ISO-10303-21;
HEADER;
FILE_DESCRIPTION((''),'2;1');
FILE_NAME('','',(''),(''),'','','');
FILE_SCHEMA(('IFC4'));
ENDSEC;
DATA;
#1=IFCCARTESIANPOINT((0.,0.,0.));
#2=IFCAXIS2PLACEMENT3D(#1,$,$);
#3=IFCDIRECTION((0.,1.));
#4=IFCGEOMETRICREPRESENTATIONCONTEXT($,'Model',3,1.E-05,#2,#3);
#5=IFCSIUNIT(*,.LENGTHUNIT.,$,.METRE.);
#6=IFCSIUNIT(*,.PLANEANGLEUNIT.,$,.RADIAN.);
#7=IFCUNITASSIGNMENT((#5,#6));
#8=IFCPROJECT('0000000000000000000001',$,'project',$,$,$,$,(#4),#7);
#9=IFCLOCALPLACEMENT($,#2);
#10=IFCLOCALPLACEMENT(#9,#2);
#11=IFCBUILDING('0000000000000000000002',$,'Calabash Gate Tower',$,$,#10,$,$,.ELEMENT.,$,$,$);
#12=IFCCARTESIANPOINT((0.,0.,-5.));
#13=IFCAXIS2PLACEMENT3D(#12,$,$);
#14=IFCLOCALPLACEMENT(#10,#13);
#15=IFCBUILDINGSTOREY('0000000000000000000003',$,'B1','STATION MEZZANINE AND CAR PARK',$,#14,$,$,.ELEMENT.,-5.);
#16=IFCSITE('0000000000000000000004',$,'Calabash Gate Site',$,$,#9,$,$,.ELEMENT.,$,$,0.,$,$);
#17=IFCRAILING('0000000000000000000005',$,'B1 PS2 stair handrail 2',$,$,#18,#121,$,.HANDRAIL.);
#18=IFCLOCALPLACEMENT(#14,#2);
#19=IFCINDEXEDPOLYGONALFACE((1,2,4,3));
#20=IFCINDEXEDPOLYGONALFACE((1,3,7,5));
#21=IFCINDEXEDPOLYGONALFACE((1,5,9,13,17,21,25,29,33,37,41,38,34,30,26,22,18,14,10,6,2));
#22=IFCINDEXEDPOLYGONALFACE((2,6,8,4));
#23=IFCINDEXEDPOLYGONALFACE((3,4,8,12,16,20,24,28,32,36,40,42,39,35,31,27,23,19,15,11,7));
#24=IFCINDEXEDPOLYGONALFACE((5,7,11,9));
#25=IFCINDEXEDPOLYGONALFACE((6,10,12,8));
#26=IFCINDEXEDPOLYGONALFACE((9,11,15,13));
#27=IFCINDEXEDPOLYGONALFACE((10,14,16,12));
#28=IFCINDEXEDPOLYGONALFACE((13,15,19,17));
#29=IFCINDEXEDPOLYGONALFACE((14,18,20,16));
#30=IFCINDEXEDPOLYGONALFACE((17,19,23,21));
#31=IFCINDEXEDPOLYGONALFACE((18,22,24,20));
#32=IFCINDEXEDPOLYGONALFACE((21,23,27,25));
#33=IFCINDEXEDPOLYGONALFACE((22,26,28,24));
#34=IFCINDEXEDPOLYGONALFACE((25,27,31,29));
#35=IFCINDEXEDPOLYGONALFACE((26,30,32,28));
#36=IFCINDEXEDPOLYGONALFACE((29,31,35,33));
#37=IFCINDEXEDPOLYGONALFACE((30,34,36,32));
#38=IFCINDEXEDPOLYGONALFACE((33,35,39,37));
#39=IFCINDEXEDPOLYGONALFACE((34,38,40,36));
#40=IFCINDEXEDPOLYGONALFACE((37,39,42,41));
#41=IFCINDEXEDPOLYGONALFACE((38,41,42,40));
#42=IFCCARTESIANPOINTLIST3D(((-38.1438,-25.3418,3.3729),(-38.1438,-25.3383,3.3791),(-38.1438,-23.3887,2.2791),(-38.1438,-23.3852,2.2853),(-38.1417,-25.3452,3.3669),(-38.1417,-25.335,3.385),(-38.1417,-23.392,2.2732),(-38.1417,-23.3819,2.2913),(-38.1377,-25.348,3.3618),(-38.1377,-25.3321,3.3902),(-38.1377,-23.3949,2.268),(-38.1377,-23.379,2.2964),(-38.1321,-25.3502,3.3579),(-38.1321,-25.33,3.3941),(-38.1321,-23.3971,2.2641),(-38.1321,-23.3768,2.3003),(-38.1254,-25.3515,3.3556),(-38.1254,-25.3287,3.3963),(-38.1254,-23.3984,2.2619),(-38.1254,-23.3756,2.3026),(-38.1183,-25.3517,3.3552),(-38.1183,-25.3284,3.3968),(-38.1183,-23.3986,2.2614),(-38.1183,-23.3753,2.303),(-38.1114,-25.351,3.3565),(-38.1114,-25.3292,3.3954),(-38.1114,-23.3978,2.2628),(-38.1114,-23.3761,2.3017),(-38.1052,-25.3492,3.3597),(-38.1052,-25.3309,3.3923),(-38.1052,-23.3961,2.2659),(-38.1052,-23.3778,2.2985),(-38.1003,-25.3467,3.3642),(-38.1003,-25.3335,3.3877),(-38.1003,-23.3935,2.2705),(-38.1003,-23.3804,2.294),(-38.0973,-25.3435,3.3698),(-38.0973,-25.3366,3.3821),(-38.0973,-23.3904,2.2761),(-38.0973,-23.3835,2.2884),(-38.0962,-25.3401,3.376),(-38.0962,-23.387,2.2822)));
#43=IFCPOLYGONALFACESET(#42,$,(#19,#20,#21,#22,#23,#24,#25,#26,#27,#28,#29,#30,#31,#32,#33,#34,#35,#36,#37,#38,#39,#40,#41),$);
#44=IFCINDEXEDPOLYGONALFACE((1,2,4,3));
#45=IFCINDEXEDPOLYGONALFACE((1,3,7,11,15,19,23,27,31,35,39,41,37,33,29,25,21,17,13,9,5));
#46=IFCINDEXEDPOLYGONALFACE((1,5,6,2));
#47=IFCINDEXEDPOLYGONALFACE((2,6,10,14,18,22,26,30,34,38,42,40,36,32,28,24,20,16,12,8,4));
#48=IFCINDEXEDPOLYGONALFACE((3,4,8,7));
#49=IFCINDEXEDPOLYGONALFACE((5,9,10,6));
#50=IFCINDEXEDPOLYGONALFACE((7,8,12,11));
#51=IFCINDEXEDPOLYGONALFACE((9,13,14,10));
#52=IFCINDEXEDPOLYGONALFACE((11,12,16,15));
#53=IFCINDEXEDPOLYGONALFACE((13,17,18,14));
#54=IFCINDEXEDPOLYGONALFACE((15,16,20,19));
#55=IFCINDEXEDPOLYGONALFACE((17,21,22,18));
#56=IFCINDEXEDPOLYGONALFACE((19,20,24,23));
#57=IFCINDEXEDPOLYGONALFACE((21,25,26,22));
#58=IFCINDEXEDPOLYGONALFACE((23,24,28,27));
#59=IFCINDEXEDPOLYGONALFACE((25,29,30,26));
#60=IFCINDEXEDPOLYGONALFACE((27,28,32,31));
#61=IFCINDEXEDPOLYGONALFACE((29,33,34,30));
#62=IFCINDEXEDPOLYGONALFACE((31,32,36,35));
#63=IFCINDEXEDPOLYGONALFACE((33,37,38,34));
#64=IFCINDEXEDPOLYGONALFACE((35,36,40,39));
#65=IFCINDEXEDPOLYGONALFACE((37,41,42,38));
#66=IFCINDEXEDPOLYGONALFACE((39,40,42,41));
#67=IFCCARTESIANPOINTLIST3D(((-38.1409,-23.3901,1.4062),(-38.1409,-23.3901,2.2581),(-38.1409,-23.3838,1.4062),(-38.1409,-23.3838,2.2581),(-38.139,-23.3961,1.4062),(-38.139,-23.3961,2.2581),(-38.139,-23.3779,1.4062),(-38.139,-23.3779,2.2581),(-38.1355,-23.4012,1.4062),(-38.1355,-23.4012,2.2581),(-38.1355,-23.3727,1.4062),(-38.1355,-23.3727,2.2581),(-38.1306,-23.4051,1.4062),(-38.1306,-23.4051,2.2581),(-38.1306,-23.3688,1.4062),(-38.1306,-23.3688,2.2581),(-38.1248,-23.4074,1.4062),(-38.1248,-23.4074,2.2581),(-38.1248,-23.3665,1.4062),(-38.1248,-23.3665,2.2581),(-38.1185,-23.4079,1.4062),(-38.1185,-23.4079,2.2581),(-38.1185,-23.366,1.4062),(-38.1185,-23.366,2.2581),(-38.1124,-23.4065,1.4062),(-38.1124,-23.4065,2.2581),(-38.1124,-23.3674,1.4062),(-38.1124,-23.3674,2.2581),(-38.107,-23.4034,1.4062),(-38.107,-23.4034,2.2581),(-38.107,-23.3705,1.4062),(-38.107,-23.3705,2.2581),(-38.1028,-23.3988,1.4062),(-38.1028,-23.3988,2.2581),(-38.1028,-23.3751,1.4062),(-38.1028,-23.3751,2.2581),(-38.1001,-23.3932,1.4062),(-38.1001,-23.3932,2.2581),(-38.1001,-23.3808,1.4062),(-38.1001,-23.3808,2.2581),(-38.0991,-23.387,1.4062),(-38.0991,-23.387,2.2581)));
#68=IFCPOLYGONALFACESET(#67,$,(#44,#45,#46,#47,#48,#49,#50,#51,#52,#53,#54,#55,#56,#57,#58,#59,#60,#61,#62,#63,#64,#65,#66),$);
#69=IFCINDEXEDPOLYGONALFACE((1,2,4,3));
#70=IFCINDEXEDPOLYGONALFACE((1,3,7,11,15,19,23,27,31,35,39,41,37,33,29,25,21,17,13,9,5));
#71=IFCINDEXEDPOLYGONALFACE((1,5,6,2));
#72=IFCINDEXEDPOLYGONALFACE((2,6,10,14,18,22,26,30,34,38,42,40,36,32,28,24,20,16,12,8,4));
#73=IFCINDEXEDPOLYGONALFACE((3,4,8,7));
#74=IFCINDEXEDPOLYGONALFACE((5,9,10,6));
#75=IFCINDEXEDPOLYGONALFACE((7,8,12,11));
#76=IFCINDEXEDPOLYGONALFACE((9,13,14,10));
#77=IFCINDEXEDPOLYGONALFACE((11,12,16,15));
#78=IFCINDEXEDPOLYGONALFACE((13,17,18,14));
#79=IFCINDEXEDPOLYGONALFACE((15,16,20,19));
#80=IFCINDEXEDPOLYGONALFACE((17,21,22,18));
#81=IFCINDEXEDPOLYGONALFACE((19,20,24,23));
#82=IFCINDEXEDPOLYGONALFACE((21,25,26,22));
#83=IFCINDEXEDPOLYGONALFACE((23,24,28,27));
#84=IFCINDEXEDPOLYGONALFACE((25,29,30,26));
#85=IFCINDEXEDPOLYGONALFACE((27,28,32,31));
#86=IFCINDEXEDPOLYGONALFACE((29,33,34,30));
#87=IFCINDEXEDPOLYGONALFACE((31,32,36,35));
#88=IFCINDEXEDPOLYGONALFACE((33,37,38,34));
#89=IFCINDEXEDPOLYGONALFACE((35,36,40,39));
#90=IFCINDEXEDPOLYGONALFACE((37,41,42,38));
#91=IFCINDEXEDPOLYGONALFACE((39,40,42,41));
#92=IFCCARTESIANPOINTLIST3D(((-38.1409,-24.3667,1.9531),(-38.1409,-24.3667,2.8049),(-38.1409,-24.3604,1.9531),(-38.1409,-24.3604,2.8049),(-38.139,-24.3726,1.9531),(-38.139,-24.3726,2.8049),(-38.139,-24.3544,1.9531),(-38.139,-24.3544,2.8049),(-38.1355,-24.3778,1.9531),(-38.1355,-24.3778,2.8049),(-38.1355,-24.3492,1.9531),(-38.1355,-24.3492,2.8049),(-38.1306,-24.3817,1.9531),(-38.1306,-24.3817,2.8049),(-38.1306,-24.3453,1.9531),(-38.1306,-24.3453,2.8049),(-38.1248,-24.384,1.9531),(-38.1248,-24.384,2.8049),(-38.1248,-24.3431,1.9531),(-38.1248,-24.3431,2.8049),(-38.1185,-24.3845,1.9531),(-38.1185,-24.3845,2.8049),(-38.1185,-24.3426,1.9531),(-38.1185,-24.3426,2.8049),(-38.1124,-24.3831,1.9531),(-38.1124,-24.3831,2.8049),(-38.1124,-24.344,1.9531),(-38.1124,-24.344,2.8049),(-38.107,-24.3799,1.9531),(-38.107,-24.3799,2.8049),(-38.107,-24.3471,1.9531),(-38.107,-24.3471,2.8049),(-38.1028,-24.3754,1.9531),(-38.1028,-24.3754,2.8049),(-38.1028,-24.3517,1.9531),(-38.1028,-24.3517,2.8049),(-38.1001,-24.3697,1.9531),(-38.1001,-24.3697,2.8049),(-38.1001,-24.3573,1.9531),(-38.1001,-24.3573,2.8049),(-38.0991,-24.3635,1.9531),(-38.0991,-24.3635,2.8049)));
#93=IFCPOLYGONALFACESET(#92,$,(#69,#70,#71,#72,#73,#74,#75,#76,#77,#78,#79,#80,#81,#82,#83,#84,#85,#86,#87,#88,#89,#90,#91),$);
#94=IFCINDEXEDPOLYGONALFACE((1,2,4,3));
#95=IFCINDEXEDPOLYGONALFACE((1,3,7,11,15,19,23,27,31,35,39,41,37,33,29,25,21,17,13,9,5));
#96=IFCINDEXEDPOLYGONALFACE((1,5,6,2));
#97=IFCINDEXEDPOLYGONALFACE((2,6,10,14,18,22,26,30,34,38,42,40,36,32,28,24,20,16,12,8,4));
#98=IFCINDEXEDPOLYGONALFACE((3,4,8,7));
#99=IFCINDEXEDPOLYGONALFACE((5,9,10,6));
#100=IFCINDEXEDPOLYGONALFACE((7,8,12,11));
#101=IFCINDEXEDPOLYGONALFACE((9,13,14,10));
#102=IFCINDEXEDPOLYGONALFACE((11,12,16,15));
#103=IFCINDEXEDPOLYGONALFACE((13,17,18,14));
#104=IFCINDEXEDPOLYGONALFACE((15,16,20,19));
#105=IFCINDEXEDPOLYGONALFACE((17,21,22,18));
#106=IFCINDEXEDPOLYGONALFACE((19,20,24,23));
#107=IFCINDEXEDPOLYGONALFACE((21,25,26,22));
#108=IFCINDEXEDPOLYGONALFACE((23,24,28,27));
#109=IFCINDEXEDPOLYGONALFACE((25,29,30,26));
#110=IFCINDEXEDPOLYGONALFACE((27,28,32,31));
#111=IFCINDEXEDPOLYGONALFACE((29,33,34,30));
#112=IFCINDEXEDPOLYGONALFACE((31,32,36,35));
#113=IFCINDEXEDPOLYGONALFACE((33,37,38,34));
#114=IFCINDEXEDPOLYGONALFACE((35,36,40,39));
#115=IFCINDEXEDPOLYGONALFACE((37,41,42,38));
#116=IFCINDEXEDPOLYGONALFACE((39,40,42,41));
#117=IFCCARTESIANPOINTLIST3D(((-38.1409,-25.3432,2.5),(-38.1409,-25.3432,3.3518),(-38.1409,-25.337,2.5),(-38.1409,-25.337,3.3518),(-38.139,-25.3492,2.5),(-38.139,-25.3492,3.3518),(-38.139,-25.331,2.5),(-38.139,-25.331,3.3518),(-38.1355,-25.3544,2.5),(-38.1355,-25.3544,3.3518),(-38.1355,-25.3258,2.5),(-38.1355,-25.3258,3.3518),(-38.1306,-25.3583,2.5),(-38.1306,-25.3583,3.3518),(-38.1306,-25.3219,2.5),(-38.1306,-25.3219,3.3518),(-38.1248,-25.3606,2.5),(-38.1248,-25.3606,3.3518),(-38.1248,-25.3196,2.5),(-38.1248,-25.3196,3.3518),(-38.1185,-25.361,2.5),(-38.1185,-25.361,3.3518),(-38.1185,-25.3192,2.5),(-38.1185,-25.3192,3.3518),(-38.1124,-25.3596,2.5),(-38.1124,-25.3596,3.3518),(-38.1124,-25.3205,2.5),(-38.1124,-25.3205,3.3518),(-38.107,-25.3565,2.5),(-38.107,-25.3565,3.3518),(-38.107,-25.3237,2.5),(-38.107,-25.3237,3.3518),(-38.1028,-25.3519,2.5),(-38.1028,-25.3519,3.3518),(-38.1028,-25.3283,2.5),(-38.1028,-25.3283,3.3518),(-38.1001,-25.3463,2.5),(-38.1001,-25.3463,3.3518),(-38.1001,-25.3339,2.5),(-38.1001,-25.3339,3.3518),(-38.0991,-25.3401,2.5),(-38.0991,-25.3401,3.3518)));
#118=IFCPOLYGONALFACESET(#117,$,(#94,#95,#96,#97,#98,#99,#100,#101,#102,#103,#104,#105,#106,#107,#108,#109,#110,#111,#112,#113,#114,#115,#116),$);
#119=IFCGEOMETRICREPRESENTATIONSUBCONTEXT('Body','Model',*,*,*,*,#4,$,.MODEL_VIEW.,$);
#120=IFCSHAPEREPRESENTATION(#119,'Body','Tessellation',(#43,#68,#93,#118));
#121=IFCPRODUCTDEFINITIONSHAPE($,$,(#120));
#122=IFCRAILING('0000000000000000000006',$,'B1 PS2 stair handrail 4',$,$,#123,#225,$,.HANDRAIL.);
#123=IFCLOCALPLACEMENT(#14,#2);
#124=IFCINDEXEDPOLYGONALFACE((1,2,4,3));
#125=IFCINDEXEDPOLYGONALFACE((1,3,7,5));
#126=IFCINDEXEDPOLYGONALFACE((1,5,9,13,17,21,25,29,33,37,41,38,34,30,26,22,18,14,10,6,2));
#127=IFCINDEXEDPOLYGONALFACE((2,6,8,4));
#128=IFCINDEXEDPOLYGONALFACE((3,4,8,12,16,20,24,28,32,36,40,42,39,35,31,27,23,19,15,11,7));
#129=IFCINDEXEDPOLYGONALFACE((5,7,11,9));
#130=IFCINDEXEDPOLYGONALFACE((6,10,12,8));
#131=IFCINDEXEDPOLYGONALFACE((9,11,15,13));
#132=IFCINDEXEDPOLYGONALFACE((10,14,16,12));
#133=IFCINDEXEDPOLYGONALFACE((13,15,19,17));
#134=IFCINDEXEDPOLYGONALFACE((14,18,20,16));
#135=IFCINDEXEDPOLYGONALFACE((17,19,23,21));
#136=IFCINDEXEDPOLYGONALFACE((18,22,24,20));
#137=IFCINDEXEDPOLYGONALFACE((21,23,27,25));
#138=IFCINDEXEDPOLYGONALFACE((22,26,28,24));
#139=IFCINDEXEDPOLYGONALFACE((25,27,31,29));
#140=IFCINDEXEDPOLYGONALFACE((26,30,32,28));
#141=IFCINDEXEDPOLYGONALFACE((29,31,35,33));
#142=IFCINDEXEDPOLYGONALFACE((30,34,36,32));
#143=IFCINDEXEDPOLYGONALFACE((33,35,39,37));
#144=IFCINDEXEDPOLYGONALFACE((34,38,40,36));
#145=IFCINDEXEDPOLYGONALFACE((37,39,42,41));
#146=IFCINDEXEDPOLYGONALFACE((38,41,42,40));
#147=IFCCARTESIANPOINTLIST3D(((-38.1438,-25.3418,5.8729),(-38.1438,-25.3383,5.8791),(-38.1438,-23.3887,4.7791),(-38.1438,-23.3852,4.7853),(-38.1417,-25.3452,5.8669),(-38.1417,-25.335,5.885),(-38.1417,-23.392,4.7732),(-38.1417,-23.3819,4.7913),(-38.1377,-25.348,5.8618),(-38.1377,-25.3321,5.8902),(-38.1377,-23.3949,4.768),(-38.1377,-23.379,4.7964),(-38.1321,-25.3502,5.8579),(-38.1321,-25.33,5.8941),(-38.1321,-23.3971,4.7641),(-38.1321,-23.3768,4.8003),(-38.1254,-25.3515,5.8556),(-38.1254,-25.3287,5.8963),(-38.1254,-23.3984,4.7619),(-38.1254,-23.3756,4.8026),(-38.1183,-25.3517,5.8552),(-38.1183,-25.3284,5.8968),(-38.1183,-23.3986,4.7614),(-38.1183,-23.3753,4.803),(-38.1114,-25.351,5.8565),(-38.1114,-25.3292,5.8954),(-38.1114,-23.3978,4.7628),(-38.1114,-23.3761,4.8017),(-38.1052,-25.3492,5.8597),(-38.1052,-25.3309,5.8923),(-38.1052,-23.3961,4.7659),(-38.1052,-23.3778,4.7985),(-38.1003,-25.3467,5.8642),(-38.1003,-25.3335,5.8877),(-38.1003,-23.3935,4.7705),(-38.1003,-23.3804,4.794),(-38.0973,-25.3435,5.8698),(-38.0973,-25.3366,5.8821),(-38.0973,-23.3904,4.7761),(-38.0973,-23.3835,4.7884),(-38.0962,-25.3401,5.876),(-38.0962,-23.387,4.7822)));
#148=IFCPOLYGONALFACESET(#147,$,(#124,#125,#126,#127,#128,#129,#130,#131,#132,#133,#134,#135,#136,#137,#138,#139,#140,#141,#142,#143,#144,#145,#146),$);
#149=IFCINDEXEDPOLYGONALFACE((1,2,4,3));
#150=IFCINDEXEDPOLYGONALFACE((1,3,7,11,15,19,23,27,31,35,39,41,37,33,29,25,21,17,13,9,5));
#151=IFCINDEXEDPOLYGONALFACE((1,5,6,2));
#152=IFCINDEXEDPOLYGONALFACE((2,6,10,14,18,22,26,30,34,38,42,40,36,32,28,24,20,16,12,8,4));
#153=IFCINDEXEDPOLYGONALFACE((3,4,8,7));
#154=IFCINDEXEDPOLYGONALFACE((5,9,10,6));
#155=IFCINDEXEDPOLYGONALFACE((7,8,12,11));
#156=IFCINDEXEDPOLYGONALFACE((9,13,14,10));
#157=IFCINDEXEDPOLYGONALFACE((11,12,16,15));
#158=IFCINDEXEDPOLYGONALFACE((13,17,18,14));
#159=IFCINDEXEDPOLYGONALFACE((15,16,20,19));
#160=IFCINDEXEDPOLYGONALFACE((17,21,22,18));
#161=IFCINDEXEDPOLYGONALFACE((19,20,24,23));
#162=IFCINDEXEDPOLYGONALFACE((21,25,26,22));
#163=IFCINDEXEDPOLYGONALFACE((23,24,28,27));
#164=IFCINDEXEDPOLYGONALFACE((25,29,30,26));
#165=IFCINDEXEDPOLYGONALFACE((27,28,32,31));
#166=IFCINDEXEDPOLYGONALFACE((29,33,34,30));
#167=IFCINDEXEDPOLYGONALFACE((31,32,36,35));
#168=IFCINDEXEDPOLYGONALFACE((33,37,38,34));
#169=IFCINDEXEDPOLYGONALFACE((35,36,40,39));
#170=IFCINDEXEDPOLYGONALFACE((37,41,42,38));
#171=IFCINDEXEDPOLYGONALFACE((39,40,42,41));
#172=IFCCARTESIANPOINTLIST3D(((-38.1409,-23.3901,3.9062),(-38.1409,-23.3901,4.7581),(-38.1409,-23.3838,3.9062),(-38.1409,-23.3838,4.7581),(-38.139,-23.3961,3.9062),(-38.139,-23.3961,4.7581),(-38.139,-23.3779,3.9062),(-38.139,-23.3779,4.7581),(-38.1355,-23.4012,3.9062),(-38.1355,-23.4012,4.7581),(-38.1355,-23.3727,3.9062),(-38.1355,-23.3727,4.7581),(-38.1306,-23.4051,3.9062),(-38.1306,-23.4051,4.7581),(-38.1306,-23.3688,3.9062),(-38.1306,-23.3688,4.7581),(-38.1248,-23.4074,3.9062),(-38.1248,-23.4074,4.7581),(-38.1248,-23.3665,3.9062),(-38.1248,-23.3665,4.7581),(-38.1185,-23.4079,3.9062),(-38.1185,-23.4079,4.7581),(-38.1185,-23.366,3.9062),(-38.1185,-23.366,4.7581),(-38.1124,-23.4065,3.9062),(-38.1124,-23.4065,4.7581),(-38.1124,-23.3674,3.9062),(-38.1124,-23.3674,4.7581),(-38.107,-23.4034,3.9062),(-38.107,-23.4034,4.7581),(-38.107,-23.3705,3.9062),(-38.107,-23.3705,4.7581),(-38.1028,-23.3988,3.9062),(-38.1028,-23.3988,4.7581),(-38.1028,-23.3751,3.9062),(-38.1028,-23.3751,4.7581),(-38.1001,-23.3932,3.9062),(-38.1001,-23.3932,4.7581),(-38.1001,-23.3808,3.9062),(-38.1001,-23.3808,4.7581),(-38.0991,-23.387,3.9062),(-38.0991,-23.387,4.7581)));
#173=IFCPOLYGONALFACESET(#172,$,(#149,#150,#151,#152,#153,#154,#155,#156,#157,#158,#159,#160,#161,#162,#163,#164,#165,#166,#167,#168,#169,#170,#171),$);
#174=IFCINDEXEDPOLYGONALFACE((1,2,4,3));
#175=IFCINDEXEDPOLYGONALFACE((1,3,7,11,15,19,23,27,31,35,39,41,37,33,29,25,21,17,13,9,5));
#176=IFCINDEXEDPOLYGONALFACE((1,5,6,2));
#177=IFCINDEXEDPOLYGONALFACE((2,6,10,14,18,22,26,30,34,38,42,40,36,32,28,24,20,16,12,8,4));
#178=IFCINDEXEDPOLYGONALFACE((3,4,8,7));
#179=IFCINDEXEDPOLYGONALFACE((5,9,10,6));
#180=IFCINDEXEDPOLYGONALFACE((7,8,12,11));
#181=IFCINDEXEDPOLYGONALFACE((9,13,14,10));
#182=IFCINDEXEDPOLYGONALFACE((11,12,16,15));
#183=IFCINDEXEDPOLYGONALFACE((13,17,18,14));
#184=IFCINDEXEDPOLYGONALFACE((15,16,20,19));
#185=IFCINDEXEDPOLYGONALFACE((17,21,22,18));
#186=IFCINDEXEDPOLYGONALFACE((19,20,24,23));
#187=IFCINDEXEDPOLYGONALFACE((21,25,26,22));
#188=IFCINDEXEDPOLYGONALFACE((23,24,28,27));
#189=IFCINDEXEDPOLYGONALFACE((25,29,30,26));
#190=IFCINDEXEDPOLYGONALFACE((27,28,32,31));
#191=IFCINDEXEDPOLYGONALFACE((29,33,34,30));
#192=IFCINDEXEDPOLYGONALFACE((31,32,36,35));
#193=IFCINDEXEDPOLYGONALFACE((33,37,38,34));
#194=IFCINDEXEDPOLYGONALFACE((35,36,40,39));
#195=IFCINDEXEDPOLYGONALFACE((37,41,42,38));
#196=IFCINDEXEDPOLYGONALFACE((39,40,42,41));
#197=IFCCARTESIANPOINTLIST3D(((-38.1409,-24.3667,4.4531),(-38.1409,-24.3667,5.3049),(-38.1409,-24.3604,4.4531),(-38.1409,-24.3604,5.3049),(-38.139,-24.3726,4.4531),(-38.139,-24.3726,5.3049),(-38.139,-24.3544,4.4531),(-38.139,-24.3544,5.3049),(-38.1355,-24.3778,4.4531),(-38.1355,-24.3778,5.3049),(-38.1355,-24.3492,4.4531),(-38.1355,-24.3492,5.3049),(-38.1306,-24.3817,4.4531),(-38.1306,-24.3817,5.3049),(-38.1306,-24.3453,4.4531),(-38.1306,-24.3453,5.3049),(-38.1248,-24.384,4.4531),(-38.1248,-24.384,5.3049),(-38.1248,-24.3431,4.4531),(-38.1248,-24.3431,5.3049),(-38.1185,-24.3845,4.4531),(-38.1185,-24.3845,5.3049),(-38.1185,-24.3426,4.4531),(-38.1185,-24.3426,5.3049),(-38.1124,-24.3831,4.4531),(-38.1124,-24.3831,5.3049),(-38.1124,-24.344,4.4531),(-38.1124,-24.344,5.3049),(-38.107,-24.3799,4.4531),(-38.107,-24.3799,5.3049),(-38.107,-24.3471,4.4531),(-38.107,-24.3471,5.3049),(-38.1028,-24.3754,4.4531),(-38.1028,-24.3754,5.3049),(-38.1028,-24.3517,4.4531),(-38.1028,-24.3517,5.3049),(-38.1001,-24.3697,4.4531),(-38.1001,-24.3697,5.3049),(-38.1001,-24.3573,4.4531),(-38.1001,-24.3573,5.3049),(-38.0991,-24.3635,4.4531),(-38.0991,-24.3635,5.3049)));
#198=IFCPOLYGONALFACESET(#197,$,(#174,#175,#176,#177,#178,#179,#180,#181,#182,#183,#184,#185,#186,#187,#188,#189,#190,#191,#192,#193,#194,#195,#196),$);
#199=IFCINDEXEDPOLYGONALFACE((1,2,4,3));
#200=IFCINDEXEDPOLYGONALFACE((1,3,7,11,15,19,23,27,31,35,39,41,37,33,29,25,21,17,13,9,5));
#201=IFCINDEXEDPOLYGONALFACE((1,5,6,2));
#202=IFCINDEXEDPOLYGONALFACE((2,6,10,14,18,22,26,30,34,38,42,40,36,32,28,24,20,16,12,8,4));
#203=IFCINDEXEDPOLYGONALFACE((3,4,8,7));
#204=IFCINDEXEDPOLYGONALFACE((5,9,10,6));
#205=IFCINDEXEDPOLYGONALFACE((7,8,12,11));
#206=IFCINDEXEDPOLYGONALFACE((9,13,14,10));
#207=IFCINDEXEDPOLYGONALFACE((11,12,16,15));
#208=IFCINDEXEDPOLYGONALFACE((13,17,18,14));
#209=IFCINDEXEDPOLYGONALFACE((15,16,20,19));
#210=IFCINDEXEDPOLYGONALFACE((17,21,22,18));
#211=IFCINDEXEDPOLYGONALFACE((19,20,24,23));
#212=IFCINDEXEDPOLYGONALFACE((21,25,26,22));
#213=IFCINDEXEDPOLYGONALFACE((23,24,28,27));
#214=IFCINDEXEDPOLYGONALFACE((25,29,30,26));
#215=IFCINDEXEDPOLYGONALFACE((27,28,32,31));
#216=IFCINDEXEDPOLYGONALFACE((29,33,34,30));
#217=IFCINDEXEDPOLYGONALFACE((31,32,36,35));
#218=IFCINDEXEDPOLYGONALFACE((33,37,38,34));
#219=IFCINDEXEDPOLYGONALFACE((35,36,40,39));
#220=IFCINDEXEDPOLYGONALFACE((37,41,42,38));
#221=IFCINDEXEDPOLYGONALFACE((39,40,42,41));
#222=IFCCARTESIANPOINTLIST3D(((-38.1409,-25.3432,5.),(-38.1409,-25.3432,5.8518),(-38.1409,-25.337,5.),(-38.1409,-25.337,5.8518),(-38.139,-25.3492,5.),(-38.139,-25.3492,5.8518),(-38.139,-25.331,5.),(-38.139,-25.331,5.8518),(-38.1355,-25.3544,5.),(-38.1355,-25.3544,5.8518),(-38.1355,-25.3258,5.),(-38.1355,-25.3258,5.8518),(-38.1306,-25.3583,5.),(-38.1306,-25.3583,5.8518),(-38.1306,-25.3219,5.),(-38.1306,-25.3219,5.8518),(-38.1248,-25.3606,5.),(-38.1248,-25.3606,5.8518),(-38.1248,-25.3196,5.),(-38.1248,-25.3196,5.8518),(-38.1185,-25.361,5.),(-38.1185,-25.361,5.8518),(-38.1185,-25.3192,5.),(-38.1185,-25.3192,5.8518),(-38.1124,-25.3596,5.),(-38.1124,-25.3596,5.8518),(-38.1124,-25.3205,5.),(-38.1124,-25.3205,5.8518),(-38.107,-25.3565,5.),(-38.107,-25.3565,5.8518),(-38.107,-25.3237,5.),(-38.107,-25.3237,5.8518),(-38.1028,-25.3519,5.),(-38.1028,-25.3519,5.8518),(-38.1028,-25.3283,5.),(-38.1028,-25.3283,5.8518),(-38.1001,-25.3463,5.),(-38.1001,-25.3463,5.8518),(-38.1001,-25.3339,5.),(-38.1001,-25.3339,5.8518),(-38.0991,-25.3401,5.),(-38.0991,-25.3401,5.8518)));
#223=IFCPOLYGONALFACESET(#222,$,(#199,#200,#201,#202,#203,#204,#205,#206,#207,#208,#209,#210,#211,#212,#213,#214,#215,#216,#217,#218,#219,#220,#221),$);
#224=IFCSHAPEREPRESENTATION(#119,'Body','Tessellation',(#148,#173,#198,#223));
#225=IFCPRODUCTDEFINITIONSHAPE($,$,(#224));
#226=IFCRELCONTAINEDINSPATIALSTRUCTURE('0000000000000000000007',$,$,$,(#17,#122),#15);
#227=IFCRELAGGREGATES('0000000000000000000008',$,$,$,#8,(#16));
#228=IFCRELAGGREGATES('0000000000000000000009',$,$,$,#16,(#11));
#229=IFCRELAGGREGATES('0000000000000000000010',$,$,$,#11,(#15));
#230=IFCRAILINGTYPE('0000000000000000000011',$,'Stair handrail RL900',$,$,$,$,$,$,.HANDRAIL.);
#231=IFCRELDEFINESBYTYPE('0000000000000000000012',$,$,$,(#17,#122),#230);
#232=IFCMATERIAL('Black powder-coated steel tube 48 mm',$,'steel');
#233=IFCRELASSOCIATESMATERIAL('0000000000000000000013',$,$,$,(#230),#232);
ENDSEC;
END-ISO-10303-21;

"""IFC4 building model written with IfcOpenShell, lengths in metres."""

from ifc_helpers import new_model, si_unit, direction, frame, origin, origin_2d, place, context, subcontext, project, spatial, circle, extrude, material, type_object, element, save


model = new_model("IFC4")

# Units and contexts
model_context = context("Model", 3, precision=1e-05, world=origin(), true_north=direction((0.0, 1.0)))
body_context = subcontext(model_context, "Body", "Model", "MODEL_VIEW")
ifc_project = project(units=[si_unit("LENGTHUNIT", "METRE"), si_unit("PLANEANGLEUNIT", "RADIAN")], contexts=[model_context])

# Site, building, storey
site_placement = place(None, origin())
site = spatial("IfcSite", under=ifc_project, at=site_placement, Name="Calabash Gate Site", CompositionType="ELEMENT", RefElevation=0.0)
building_placement = place(site_placement, origin())
building = spatial("IfcBuilding", under=site, at=building_placement, Name="Calabash Gate Tower", CompositionType="ELEMENT")
storey_placement = place(building_placement, frame((0.0, 0.0, -5.0)))
storey = spatial("IfcBuildingStorey", under=building, at=storey_placement, Name="B1", Description="STATION MEZZANINE AND CAR PARK", CompositionType="ELEMENT", Elevation=-5.0)

# Railings
ifc_material_1 = material(Name="Black powder-coated steel tube 48 mm", Category="steel")
railing_type_1 = type_object("IfcRailingType", Name="Stair handrail RL900", PredefinedType="HANDRAIL", material=ifc_material_1)
for number, where, name in (
    (1, (-38.1201, -23.387, 1.4062), "B1 PS2 stair handrail 2"),
    (2, (-38.1201, -23.387, 3.9062), "B1 PS2 stair handrail 4"),
):
    element("IfcRailing", number, at=place(storey_placement, frame(where)), inside=storey, type_object=railing_type_1, Name=name, PredefinedType="HANDRAIL", context=body_context, shape_type="SweptSolid", body=[
        extrude(circle(Radius=0.0239, at=origin_2d()), frame((0.0, 0.0, 0.876), z_axis=(0.0, -0.872506, 0.488603), x_axis=(1.0, 0.0, 0.0)), (0.0, 0.0, 1.0), 2.2385),
        extrude(circle(Radius=0.021, at=origin_2d()), origin(), (0.0, 0.0, 1.0), 0.8518),
        extrude(circle(Radius=0.021, at=origin_2d()), frame((0.0, -0.9766, 0.5469)), (0.0, 0.0, 1.0), 0.8518),
        extrude(circle(Radius=0.021, at=origin_2d()), frame((0.0, -1.9531, 1.0938)), (0.0, 0.0, 1.0), 0.8518),
    ])

save(model, "model.ifc")
